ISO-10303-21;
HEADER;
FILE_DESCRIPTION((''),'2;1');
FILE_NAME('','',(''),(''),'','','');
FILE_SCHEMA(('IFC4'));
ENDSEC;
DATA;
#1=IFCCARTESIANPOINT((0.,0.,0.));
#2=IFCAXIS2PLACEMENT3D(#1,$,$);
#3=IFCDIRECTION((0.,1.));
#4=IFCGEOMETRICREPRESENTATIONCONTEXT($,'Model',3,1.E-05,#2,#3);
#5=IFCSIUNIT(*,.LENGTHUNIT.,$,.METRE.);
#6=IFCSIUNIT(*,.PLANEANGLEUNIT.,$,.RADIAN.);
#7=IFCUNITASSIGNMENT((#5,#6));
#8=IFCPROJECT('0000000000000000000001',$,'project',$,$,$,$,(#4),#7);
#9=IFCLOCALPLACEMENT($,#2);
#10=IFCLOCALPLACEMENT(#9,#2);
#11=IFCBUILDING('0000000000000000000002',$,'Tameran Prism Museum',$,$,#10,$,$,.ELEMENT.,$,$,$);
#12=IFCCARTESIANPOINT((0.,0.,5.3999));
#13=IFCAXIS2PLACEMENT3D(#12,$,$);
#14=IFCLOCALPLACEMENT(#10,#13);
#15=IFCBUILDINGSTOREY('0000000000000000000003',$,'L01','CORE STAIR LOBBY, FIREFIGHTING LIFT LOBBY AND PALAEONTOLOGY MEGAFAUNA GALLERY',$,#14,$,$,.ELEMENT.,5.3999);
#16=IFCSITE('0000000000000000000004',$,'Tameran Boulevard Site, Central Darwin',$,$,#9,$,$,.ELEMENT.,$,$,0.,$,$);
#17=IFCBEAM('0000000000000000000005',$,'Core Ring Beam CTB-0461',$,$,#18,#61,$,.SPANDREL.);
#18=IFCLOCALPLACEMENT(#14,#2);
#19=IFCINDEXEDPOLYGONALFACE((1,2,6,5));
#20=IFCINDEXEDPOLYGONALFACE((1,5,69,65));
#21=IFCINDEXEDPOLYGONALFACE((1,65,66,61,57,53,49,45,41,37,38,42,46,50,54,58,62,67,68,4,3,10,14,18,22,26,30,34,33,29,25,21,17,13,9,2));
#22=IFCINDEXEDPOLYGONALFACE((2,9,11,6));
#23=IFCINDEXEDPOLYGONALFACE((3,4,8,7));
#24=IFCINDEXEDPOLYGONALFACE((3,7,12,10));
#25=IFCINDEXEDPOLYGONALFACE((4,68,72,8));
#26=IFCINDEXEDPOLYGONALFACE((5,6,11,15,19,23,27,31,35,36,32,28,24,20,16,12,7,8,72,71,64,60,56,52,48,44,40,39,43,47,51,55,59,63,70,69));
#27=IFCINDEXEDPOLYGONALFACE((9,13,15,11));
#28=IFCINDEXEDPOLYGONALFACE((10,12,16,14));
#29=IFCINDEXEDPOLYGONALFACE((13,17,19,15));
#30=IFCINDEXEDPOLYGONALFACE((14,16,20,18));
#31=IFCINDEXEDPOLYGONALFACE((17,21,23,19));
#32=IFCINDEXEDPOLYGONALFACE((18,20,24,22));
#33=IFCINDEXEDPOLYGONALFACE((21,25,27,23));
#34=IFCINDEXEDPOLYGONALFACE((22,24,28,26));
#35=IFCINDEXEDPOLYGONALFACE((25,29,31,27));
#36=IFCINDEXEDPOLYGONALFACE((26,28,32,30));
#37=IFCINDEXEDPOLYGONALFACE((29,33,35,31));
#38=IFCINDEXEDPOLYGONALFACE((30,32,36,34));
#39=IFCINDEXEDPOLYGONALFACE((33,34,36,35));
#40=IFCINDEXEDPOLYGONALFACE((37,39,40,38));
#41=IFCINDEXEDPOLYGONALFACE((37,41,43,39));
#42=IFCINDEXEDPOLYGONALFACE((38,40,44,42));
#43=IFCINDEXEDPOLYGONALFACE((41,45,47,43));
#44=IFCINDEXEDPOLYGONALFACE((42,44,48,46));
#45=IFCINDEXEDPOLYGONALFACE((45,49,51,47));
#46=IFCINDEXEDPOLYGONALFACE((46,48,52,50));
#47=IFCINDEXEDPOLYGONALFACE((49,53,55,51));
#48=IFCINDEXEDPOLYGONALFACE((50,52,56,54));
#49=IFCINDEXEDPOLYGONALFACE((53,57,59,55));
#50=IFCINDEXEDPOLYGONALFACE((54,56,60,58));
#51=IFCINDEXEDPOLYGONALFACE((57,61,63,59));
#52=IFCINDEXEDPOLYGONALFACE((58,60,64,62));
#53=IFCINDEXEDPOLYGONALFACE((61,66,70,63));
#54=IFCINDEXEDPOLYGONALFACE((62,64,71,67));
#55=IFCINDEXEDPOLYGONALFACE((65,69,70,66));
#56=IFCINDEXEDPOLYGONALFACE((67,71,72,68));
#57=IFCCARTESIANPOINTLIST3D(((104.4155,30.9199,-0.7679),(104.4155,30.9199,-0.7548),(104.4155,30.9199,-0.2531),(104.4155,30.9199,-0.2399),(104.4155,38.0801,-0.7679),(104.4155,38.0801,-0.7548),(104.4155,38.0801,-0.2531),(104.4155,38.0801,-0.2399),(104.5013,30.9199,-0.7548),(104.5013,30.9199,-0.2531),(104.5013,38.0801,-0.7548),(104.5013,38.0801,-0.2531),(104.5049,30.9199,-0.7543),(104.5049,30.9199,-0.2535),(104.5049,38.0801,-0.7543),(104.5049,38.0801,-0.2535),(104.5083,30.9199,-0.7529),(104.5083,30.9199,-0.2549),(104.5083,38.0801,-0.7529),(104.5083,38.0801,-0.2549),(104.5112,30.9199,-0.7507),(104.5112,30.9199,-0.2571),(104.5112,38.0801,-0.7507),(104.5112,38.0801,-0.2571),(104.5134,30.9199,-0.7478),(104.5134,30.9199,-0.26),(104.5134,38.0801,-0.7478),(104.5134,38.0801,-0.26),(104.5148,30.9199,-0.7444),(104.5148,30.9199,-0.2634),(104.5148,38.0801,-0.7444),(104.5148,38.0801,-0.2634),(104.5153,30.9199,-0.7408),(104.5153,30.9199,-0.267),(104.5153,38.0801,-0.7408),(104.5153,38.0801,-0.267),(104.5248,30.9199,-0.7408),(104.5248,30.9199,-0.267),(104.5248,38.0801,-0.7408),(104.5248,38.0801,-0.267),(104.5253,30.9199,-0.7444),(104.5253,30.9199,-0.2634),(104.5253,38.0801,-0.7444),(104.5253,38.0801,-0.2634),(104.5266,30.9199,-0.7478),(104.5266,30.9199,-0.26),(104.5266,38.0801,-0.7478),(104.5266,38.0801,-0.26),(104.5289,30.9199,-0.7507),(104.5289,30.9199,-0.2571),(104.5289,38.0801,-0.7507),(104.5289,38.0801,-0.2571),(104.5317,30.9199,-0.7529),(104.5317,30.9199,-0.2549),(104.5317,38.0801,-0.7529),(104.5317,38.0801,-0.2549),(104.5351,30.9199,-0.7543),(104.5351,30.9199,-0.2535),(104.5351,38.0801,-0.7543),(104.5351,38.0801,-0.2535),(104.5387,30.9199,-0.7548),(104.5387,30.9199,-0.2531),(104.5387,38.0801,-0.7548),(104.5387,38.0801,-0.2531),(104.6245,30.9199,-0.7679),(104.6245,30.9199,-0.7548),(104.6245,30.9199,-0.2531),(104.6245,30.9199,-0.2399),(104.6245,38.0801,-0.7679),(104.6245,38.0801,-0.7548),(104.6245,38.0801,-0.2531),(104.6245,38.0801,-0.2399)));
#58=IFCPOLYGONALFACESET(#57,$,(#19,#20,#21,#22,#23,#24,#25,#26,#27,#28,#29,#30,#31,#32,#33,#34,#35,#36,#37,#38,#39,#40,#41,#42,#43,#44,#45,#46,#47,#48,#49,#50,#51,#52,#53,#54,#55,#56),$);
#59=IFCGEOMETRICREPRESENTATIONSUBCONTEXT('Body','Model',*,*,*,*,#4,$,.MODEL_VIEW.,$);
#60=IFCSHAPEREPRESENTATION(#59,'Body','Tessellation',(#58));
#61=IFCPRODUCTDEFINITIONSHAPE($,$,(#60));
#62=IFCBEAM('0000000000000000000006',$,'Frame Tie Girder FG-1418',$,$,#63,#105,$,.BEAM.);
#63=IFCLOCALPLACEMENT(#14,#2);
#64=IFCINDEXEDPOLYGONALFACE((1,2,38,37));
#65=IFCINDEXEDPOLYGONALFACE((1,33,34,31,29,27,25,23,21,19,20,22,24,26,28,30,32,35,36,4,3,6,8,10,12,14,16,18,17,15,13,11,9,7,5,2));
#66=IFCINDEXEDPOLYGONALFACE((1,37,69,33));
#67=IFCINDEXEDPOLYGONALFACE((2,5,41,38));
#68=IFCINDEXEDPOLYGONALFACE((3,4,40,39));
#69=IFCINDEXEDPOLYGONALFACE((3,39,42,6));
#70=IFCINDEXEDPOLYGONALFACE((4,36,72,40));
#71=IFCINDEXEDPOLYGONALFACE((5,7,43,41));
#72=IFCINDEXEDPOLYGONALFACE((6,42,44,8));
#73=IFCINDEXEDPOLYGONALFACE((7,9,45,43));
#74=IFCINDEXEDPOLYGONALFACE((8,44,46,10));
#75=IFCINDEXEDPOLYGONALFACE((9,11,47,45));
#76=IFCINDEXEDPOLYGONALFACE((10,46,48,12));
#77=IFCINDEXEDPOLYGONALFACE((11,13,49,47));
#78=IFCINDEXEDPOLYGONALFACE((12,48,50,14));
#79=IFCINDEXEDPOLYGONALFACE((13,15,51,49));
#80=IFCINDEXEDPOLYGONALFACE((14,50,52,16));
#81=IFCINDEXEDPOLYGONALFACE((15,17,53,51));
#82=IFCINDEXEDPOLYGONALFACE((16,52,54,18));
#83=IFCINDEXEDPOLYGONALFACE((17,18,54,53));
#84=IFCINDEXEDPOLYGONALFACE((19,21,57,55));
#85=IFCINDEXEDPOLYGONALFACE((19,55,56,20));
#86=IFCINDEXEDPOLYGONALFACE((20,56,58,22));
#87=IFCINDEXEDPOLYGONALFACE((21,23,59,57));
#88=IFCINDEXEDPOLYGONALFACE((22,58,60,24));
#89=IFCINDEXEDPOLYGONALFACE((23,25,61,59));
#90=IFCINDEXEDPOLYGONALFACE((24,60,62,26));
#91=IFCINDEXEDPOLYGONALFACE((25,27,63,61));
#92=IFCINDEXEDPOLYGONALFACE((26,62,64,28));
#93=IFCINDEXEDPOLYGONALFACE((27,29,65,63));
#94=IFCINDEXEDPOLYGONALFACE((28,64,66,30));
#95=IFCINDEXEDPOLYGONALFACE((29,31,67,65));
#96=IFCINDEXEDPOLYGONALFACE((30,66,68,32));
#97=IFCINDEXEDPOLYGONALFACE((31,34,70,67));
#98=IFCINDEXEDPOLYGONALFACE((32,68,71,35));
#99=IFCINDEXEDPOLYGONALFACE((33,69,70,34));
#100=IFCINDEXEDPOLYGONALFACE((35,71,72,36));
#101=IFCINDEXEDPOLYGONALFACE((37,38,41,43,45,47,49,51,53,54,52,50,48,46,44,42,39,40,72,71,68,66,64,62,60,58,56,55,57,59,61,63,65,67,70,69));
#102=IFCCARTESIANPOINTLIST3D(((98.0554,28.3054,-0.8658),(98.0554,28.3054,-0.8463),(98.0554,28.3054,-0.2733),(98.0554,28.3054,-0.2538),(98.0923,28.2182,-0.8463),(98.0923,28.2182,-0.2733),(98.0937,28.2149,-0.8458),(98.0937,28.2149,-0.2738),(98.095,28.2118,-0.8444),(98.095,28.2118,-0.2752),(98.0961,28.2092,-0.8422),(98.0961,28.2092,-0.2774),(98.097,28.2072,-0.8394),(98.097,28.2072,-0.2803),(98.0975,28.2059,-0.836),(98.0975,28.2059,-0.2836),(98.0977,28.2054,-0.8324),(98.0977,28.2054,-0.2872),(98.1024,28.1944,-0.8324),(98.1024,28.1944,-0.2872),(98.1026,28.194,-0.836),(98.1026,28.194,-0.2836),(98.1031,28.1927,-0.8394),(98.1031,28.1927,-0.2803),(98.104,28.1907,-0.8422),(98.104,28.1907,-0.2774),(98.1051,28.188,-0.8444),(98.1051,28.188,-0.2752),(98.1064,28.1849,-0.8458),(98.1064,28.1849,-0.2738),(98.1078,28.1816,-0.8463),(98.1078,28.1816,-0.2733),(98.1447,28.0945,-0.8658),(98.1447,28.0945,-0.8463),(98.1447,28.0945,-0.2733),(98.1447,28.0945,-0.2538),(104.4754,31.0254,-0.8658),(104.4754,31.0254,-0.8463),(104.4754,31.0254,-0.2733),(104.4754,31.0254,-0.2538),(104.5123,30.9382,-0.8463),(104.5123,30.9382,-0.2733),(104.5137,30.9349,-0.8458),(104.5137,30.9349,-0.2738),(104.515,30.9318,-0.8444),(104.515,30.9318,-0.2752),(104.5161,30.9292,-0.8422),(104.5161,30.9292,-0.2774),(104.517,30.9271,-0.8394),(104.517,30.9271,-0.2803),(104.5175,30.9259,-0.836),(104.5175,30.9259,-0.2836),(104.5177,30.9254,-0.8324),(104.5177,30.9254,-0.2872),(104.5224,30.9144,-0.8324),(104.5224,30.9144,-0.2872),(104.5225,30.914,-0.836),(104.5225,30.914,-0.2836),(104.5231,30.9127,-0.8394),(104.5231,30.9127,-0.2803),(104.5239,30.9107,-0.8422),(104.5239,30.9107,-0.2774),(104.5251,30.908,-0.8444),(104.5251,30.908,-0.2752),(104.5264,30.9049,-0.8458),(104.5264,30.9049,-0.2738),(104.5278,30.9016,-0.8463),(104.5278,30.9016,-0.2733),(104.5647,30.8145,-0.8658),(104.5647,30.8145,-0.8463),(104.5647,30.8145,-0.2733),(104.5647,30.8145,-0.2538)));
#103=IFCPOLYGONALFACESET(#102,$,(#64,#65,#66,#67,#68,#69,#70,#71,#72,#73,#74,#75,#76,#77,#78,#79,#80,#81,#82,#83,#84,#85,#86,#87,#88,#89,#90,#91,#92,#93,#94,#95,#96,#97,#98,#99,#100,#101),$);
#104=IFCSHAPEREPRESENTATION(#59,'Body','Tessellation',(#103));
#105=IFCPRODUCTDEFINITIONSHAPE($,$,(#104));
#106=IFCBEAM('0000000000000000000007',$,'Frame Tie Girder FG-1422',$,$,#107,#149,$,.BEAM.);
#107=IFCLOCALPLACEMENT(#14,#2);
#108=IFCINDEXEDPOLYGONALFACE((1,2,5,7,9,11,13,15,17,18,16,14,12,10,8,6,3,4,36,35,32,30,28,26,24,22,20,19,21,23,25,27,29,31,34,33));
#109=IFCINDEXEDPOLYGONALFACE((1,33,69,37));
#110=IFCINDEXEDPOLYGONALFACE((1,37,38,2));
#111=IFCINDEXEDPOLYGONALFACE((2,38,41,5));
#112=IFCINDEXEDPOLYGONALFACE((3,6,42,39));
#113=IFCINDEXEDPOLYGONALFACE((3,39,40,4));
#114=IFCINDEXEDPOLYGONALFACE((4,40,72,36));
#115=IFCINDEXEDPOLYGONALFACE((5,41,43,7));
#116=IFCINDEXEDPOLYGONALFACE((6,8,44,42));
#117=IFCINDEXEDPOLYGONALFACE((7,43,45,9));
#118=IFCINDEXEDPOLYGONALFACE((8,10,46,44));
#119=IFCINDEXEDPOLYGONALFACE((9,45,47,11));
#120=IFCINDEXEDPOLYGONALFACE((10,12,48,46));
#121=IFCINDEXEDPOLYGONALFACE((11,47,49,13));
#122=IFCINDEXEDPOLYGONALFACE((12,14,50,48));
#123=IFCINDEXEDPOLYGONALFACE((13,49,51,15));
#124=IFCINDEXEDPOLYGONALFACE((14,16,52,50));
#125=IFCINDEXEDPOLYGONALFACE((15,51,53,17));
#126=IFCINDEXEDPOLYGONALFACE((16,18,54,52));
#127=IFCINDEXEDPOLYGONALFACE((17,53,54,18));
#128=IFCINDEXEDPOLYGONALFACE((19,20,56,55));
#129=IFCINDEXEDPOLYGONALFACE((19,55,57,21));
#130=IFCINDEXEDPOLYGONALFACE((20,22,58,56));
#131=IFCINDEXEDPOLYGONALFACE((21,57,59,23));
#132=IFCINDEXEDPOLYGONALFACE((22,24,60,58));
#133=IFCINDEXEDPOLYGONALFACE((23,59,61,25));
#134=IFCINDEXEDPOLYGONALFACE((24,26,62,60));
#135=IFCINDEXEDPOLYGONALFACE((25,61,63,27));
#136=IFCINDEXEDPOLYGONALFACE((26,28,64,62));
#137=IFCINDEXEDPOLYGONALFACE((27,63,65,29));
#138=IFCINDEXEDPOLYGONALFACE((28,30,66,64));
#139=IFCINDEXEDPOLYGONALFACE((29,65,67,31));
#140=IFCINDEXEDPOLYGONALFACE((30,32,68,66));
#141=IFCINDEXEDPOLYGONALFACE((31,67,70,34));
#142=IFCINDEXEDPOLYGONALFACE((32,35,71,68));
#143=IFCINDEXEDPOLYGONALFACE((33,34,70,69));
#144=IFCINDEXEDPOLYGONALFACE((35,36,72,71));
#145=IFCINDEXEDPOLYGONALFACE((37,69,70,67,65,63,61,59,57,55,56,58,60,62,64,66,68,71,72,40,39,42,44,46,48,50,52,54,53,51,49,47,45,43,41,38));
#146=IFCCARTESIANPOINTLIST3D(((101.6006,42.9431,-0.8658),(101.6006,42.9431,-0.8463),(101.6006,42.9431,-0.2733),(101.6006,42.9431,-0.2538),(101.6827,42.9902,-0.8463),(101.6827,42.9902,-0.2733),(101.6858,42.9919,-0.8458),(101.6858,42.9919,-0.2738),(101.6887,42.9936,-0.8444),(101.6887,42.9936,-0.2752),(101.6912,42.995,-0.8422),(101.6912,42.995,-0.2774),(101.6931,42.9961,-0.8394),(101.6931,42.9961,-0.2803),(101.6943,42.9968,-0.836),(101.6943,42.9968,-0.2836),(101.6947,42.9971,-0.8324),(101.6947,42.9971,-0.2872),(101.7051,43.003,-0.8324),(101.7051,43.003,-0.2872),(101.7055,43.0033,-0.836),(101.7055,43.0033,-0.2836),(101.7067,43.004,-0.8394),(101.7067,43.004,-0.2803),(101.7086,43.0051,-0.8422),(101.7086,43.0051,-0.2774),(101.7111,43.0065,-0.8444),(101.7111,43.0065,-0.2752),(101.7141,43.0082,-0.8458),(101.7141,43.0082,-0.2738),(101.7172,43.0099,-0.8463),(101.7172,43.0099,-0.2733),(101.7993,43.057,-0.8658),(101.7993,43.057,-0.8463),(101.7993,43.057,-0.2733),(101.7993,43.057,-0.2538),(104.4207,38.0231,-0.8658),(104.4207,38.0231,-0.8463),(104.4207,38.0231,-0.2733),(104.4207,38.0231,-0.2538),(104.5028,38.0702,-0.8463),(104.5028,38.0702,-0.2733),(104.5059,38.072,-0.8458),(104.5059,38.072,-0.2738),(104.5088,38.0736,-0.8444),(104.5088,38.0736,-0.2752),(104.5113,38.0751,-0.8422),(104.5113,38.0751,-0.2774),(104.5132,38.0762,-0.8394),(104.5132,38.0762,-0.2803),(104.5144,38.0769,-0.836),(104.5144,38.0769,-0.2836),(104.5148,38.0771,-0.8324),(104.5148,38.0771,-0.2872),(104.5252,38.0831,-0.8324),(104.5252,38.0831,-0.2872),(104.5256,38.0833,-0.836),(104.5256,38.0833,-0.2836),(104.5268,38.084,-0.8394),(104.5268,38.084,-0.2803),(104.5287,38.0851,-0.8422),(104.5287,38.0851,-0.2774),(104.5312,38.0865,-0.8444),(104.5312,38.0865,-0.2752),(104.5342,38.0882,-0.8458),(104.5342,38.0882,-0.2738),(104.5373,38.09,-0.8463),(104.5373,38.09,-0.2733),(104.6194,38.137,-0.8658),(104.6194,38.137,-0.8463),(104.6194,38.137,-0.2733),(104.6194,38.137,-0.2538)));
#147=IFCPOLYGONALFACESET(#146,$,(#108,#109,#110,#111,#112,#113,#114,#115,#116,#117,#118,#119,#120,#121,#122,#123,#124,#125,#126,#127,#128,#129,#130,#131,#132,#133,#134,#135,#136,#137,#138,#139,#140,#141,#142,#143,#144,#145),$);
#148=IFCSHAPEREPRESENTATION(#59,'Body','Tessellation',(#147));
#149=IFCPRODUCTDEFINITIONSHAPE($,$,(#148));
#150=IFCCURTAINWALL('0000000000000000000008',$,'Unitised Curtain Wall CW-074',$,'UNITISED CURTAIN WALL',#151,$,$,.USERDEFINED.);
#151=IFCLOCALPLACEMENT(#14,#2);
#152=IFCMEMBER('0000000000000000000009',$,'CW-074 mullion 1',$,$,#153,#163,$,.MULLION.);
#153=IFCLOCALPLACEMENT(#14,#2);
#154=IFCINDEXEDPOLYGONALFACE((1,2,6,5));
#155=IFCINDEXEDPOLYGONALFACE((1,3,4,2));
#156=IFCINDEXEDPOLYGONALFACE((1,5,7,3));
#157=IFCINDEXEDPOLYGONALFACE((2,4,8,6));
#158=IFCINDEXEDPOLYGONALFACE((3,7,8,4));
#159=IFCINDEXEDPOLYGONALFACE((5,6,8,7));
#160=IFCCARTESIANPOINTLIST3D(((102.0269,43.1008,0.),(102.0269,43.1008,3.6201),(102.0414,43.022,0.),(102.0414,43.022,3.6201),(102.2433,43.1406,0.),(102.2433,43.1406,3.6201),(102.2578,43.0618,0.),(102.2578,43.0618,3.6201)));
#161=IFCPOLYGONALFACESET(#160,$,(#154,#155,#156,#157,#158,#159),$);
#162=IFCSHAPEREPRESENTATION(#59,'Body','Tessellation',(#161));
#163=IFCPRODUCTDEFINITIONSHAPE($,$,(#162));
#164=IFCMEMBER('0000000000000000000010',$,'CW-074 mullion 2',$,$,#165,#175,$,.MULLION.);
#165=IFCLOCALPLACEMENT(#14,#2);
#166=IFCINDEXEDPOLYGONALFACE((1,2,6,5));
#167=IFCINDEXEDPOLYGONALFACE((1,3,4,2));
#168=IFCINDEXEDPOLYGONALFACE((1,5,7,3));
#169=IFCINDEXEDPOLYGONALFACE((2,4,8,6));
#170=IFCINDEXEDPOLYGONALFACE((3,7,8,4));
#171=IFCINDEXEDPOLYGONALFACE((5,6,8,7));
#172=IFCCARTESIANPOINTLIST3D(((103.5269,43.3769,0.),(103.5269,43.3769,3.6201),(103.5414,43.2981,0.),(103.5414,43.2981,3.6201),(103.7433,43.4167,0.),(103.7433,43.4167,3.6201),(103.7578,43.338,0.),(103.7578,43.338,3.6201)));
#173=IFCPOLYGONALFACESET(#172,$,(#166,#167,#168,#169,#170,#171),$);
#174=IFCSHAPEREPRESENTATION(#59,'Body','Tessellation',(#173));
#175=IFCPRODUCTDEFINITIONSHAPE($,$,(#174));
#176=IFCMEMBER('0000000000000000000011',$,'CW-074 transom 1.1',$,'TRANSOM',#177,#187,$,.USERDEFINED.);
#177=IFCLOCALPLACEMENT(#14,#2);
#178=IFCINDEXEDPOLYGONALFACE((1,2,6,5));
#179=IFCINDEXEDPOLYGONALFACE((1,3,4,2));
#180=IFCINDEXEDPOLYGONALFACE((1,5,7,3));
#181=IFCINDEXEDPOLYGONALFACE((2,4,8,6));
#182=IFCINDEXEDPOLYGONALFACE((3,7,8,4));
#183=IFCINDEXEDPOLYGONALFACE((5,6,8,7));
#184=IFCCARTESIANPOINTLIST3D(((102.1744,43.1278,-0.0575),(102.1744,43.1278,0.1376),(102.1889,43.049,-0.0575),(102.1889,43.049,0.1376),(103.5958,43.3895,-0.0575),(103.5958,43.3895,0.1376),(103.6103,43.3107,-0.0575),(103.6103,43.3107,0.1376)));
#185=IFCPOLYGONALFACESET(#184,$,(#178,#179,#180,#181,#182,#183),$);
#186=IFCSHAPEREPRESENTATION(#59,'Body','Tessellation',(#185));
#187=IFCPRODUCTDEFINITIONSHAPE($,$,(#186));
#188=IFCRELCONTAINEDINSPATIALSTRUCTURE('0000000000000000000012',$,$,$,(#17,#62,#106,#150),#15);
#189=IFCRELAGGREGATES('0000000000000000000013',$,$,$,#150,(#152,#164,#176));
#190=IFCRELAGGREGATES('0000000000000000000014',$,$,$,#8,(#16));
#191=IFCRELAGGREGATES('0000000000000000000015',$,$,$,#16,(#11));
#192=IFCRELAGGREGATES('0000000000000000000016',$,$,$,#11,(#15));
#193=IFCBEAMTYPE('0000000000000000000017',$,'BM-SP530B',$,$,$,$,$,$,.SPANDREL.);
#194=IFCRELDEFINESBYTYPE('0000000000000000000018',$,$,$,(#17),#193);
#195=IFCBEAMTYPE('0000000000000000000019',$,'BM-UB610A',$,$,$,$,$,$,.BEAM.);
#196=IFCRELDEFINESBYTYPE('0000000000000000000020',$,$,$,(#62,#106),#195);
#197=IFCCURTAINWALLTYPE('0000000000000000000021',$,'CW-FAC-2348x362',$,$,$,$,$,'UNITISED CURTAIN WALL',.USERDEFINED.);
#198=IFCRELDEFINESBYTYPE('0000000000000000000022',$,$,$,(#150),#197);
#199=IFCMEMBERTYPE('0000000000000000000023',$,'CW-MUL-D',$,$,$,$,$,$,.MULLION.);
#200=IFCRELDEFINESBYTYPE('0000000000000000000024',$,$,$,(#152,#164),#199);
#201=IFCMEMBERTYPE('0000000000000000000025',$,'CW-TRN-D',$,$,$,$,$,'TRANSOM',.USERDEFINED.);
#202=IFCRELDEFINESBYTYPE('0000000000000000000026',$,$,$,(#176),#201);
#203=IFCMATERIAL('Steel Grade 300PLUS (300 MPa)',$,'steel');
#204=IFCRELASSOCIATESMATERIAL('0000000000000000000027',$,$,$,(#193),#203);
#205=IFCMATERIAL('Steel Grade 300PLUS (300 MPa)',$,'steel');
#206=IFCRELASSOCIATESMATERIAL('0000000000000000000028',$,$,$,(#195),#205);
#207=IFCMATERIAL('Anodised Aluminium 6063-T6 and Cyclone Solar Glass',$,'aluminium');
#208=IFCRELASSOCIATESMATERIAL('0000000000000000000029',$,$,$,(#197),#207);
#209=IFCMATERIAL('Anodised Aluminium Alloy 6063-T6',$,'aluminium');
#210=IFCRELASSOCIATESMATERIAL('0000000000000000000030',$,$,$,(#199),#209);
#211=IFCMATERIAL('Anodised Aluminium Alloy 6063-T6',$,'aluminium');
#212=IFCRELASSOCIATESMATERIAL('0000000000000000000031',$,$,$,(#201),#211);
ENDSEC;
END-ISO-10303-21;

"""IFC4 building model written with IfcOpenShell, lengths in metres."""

from ifc_helpers import new_model, si_unit, direction, frame, origin, origin_2d, place, context, subcontext, project, spatial, rectangle, i_section, extrude, material, material_profile, profile_set, type_object, element, aggregate, save


model = new_model("IFC4")

# Units and contexts
model_context = context("Model", 3, precision=1e-05, world=origin(), true_north=direction((0.0, 1.0)))
body_context = subcontext(model_context, "Body", "Model", "MODEL_VIEW")
ifc_project = project(units=[si_unit("LENGTHUNIT", "METRE"), si_unit("PLANEANGLEUNIT", "RADIAN")], contexts=[model_context])

# Site, building, storey
site_placement = place(None, origin())
site = spatial("IfcSite", under=ifc_project, at=site_placement, Name="Tameran Boulevard Site, Central Darwin", CompositionType="ELEMENT", RefElevation=0.0)
building_placement = place(site_placement, origin())
building = spatial("IfcBuilding", under=site, at=building_placement, Name="Tameran Prism Museum", CompositionType="ELEMENT")
storey_placement = place(building_placement, frame((0.0, 0.0, 5.3999)))
storey = spatial("IfcBuildingStorey", under=building, at=storey_placement, Name="L01", Description="CORE STAIR LOBBY, FIREFIGHTING LIFT LOBBY AND PALAEONTOLOGY MEGAFAUNA GALLERY", CompositionType="ELEMENT", Elevation=5.3999)

# Beams
ifc_material_1 = material(Name="Steel Grade 300PLUS (300 MPa)", Category="steel")
ifc_material_profile_1 = material_profile(ifc_material_1, i_section(OverallWidth=0.209, OverallDepth=0.5281, WebThickness=0.0095, FlangeThickness=0.0132, FilletRadius=0.0139, at=origin_2d()))
ifc_profile_set_1 = profile_set([ifc_material_profile_1])
beam_type_1 = type_object("IfcBeamType", Name="BM-SP530B", PredefinedType="SPANDREL", material=ifc_profile_set_1)
beam_1_placement = place(storey_placement, frame((104.52, 38.0801, -0.5039), z_axis=(0.0, -1.0, 0.0), x_axis=(1.0, 0.0, 0.0)))
element("IfcBeam", 1, at=beam_1_placement, inside=storey, type_object=beam_type_1, Name="Core Ring Beam CTB-0461", PredefinedType="SPANDREL", context=body_context, shape_type="SweptSolid", body=[
    extrude(i_section(OverallWidth=0.209, OverallDepth=0.5281, WebThickness=0.0095, FlangeThickness=0.0132, FilletRadius=0.0139, at=origin_2d()), origin(), (0.0, 0.0, 1.0), 7.1602),
])
ifc_material_2 = material(Name="Steel Grade 300PLUS (300 MPa)", Category="steel")
ifc_material_profile_2 = material_profile(ifc_material_2, i_section(OverallWidth=0.229, OverallDepth=0.6121, WebThickness=0.012, FlangeThickness=0.0195, FilletRadius=0.0139, at=origin_2d()))
ifc_profile_set_2 = profile_set([ifc_material_profile_2])
beam_type_2 = type_object("IfcBeamType", Name="BM-UB610A", PredefinedType="BEAM", material=ifc_profile_set_2)
beam_2_placement = place(storey_placement, frame((104.52, 30.9199, -0.5598), z_axis=(-0.920769, -0.390108, 0.0), x_axis=(0.390108, -0.920769, 0.0)))
element("IfcBeam", 2, at=beam_2_placement, inside=storey, type_object=beam_type_2, Name="Frame Tie Girder FG-1418", PredefinedType="BEAM", context=body_context, shape_type="SweptSolid", body=[
    extrude(i_section(OverallWidth=0.229, OverallDepth=0.6121, WebThickness=0.012, FlangeThickness=0.0195, FilletRadius=0.0139, at=origin_2d()), origin(), (0.0, 0.0, 1.0), 6.9724),
])
beam_3_placement = place(storey_placement, frame((104.52, 38.0801, -0.5598), z_axis=(-0.497293, 0.867583, 0.0), x_axis=(-0.867583, -0.497293, 0.0)))
element("IfcBeam", 3, at=beam_3_placement, inside=storey, type_object=beam_type_2, Name="Frame Tie Girder FG-1422", PredefinedType="BEAM", context=body_context, shape_type="SweptSolid", body=[
    extrude(i_section(OverallWidth=0.229, OverallDepth=0.6121, WebThickness=0.012, FlangeThickness=0.0195, FilletRadius=0.0139, at=origin_2d()), origin(), (0.0, 0.0, 1.0), 5.6709),
])

# Curtain wall, members
ifc_material_3 = material(Name="Anodised Aluminium 6063-T6 and Cyclone Solar Glass", Category="aluminium")
curtain_wall_type = type_object("IfcCurtainWallType", Name="CW-FAC-2348x362", ElementType="UNITISED CURTAIN WALL", PredefinedType="USERDEFINED", material=ifc_material_3)
curtain_wall_placement = place(storey_placement, origin())
curtain_wall = element("IfcCurtainWall", 4, at=curtain_wall_placement, inside=storey, type_object=curtain_wall_type, Name="Unitised Curtain Wall CW-074", ObjectType="UNITISED CURTAIN WALL", PredefinedType="USERDEFINED")
ifc_material_4 = material(Name="Anodised Aluminium Alloy 6063-T6", Category="aluminium")
ifc_material_profile_3 = material_profile(ifc_material_4, rectangle(XDim=0.0801, YDim=0.22, at=origin_2d()))
ifc_profile_set_3 = profile_set([ifc_material_profile_3])
member_type_1 = type_object("IfcMemberType", Name="CW-MUL-D", PredefinedType="MULLION", material=ifc_profile_set_3)
member_1_placement = place(storey_placement, frame((102.1423, 43.0813, 0.0), z_axis=(0.0, 0.0, 1.0), x_axis=(-0.181063, 0.983472, 0.0)))
member_1 = element("IfcMember", 5, at=member_1_placement, type_object=member_type_1, Name="CW-074 mullion 1", PredefinedType="MULLION", context=body_context, shape_type="SweptSolid", body=[
    extrude(rectangle(XDim=0.0801, YDim=0.22, at=origin_2d()), origin(), (0.0, 0.0, 1.0), 3.6201),
])
member_2_placement = place(storey_placement, frame((103.6423, 43.3574, 0.0), z_axis=(0.0, 0.0, 1.0), x_axis=(-0.181063, 0.983472, 0.0)))
member_2 = element("IfcMember", 6, at=member_2_placement, type_object=member_type_1, Name="CW-074 mullion 2", PredefinedType="MULLION", context=body_context, shape_type="SweptSolid", body=[
    extrude(rectangle(XDim=0.0801, YDim=0.22, at=origin_2d()), origin(), (0.0, 0.0, 1.0), 3.6201),
])
ifc_material_5 = material(Name="Anodised Aluminium Alloy 6063-T6", Category="aluminium")
ifc_material_profile_4 = material_profile(ifc_material_5, rectangle(XDim=0.0801, YDim=0.1951, at=origin_2d()))
ifc_profile_set_4 = profile_set([ifc_material_profile_4])
member_type_2 = type_object("IfcMemberType", Name="CW-TRN-D", ElementType="TRANSOM", PredefinedType="USERDEFINED", material=ifc_profile_set_4)
member_3_placement = place(storey_placement, frame((102.1816, 43.0884, 0.04), z_axis=(0.983467, 0.181085, 0.0), x_axis=(-0.181085, 0.983467, 0.0)))
member_3 = element("IfcMember", 7, at=member_3_placement, type_object=member_type_2, Name="CW-074 transom 1.1", ObjectType="TRANSOM", PredefinedType="USERDEFINED", context=body_context, shape_type="SweptSolid", body=[
    extrude(rectangle(XDim=0.0801, YDim=0.1951, at=origin_2d()), origin(), (0.0, 0.0, 1.0), 1.4453),
])
aggregate(curtain_wall, [member_1, member_2, member_3])

save(model, "model.ifc")
